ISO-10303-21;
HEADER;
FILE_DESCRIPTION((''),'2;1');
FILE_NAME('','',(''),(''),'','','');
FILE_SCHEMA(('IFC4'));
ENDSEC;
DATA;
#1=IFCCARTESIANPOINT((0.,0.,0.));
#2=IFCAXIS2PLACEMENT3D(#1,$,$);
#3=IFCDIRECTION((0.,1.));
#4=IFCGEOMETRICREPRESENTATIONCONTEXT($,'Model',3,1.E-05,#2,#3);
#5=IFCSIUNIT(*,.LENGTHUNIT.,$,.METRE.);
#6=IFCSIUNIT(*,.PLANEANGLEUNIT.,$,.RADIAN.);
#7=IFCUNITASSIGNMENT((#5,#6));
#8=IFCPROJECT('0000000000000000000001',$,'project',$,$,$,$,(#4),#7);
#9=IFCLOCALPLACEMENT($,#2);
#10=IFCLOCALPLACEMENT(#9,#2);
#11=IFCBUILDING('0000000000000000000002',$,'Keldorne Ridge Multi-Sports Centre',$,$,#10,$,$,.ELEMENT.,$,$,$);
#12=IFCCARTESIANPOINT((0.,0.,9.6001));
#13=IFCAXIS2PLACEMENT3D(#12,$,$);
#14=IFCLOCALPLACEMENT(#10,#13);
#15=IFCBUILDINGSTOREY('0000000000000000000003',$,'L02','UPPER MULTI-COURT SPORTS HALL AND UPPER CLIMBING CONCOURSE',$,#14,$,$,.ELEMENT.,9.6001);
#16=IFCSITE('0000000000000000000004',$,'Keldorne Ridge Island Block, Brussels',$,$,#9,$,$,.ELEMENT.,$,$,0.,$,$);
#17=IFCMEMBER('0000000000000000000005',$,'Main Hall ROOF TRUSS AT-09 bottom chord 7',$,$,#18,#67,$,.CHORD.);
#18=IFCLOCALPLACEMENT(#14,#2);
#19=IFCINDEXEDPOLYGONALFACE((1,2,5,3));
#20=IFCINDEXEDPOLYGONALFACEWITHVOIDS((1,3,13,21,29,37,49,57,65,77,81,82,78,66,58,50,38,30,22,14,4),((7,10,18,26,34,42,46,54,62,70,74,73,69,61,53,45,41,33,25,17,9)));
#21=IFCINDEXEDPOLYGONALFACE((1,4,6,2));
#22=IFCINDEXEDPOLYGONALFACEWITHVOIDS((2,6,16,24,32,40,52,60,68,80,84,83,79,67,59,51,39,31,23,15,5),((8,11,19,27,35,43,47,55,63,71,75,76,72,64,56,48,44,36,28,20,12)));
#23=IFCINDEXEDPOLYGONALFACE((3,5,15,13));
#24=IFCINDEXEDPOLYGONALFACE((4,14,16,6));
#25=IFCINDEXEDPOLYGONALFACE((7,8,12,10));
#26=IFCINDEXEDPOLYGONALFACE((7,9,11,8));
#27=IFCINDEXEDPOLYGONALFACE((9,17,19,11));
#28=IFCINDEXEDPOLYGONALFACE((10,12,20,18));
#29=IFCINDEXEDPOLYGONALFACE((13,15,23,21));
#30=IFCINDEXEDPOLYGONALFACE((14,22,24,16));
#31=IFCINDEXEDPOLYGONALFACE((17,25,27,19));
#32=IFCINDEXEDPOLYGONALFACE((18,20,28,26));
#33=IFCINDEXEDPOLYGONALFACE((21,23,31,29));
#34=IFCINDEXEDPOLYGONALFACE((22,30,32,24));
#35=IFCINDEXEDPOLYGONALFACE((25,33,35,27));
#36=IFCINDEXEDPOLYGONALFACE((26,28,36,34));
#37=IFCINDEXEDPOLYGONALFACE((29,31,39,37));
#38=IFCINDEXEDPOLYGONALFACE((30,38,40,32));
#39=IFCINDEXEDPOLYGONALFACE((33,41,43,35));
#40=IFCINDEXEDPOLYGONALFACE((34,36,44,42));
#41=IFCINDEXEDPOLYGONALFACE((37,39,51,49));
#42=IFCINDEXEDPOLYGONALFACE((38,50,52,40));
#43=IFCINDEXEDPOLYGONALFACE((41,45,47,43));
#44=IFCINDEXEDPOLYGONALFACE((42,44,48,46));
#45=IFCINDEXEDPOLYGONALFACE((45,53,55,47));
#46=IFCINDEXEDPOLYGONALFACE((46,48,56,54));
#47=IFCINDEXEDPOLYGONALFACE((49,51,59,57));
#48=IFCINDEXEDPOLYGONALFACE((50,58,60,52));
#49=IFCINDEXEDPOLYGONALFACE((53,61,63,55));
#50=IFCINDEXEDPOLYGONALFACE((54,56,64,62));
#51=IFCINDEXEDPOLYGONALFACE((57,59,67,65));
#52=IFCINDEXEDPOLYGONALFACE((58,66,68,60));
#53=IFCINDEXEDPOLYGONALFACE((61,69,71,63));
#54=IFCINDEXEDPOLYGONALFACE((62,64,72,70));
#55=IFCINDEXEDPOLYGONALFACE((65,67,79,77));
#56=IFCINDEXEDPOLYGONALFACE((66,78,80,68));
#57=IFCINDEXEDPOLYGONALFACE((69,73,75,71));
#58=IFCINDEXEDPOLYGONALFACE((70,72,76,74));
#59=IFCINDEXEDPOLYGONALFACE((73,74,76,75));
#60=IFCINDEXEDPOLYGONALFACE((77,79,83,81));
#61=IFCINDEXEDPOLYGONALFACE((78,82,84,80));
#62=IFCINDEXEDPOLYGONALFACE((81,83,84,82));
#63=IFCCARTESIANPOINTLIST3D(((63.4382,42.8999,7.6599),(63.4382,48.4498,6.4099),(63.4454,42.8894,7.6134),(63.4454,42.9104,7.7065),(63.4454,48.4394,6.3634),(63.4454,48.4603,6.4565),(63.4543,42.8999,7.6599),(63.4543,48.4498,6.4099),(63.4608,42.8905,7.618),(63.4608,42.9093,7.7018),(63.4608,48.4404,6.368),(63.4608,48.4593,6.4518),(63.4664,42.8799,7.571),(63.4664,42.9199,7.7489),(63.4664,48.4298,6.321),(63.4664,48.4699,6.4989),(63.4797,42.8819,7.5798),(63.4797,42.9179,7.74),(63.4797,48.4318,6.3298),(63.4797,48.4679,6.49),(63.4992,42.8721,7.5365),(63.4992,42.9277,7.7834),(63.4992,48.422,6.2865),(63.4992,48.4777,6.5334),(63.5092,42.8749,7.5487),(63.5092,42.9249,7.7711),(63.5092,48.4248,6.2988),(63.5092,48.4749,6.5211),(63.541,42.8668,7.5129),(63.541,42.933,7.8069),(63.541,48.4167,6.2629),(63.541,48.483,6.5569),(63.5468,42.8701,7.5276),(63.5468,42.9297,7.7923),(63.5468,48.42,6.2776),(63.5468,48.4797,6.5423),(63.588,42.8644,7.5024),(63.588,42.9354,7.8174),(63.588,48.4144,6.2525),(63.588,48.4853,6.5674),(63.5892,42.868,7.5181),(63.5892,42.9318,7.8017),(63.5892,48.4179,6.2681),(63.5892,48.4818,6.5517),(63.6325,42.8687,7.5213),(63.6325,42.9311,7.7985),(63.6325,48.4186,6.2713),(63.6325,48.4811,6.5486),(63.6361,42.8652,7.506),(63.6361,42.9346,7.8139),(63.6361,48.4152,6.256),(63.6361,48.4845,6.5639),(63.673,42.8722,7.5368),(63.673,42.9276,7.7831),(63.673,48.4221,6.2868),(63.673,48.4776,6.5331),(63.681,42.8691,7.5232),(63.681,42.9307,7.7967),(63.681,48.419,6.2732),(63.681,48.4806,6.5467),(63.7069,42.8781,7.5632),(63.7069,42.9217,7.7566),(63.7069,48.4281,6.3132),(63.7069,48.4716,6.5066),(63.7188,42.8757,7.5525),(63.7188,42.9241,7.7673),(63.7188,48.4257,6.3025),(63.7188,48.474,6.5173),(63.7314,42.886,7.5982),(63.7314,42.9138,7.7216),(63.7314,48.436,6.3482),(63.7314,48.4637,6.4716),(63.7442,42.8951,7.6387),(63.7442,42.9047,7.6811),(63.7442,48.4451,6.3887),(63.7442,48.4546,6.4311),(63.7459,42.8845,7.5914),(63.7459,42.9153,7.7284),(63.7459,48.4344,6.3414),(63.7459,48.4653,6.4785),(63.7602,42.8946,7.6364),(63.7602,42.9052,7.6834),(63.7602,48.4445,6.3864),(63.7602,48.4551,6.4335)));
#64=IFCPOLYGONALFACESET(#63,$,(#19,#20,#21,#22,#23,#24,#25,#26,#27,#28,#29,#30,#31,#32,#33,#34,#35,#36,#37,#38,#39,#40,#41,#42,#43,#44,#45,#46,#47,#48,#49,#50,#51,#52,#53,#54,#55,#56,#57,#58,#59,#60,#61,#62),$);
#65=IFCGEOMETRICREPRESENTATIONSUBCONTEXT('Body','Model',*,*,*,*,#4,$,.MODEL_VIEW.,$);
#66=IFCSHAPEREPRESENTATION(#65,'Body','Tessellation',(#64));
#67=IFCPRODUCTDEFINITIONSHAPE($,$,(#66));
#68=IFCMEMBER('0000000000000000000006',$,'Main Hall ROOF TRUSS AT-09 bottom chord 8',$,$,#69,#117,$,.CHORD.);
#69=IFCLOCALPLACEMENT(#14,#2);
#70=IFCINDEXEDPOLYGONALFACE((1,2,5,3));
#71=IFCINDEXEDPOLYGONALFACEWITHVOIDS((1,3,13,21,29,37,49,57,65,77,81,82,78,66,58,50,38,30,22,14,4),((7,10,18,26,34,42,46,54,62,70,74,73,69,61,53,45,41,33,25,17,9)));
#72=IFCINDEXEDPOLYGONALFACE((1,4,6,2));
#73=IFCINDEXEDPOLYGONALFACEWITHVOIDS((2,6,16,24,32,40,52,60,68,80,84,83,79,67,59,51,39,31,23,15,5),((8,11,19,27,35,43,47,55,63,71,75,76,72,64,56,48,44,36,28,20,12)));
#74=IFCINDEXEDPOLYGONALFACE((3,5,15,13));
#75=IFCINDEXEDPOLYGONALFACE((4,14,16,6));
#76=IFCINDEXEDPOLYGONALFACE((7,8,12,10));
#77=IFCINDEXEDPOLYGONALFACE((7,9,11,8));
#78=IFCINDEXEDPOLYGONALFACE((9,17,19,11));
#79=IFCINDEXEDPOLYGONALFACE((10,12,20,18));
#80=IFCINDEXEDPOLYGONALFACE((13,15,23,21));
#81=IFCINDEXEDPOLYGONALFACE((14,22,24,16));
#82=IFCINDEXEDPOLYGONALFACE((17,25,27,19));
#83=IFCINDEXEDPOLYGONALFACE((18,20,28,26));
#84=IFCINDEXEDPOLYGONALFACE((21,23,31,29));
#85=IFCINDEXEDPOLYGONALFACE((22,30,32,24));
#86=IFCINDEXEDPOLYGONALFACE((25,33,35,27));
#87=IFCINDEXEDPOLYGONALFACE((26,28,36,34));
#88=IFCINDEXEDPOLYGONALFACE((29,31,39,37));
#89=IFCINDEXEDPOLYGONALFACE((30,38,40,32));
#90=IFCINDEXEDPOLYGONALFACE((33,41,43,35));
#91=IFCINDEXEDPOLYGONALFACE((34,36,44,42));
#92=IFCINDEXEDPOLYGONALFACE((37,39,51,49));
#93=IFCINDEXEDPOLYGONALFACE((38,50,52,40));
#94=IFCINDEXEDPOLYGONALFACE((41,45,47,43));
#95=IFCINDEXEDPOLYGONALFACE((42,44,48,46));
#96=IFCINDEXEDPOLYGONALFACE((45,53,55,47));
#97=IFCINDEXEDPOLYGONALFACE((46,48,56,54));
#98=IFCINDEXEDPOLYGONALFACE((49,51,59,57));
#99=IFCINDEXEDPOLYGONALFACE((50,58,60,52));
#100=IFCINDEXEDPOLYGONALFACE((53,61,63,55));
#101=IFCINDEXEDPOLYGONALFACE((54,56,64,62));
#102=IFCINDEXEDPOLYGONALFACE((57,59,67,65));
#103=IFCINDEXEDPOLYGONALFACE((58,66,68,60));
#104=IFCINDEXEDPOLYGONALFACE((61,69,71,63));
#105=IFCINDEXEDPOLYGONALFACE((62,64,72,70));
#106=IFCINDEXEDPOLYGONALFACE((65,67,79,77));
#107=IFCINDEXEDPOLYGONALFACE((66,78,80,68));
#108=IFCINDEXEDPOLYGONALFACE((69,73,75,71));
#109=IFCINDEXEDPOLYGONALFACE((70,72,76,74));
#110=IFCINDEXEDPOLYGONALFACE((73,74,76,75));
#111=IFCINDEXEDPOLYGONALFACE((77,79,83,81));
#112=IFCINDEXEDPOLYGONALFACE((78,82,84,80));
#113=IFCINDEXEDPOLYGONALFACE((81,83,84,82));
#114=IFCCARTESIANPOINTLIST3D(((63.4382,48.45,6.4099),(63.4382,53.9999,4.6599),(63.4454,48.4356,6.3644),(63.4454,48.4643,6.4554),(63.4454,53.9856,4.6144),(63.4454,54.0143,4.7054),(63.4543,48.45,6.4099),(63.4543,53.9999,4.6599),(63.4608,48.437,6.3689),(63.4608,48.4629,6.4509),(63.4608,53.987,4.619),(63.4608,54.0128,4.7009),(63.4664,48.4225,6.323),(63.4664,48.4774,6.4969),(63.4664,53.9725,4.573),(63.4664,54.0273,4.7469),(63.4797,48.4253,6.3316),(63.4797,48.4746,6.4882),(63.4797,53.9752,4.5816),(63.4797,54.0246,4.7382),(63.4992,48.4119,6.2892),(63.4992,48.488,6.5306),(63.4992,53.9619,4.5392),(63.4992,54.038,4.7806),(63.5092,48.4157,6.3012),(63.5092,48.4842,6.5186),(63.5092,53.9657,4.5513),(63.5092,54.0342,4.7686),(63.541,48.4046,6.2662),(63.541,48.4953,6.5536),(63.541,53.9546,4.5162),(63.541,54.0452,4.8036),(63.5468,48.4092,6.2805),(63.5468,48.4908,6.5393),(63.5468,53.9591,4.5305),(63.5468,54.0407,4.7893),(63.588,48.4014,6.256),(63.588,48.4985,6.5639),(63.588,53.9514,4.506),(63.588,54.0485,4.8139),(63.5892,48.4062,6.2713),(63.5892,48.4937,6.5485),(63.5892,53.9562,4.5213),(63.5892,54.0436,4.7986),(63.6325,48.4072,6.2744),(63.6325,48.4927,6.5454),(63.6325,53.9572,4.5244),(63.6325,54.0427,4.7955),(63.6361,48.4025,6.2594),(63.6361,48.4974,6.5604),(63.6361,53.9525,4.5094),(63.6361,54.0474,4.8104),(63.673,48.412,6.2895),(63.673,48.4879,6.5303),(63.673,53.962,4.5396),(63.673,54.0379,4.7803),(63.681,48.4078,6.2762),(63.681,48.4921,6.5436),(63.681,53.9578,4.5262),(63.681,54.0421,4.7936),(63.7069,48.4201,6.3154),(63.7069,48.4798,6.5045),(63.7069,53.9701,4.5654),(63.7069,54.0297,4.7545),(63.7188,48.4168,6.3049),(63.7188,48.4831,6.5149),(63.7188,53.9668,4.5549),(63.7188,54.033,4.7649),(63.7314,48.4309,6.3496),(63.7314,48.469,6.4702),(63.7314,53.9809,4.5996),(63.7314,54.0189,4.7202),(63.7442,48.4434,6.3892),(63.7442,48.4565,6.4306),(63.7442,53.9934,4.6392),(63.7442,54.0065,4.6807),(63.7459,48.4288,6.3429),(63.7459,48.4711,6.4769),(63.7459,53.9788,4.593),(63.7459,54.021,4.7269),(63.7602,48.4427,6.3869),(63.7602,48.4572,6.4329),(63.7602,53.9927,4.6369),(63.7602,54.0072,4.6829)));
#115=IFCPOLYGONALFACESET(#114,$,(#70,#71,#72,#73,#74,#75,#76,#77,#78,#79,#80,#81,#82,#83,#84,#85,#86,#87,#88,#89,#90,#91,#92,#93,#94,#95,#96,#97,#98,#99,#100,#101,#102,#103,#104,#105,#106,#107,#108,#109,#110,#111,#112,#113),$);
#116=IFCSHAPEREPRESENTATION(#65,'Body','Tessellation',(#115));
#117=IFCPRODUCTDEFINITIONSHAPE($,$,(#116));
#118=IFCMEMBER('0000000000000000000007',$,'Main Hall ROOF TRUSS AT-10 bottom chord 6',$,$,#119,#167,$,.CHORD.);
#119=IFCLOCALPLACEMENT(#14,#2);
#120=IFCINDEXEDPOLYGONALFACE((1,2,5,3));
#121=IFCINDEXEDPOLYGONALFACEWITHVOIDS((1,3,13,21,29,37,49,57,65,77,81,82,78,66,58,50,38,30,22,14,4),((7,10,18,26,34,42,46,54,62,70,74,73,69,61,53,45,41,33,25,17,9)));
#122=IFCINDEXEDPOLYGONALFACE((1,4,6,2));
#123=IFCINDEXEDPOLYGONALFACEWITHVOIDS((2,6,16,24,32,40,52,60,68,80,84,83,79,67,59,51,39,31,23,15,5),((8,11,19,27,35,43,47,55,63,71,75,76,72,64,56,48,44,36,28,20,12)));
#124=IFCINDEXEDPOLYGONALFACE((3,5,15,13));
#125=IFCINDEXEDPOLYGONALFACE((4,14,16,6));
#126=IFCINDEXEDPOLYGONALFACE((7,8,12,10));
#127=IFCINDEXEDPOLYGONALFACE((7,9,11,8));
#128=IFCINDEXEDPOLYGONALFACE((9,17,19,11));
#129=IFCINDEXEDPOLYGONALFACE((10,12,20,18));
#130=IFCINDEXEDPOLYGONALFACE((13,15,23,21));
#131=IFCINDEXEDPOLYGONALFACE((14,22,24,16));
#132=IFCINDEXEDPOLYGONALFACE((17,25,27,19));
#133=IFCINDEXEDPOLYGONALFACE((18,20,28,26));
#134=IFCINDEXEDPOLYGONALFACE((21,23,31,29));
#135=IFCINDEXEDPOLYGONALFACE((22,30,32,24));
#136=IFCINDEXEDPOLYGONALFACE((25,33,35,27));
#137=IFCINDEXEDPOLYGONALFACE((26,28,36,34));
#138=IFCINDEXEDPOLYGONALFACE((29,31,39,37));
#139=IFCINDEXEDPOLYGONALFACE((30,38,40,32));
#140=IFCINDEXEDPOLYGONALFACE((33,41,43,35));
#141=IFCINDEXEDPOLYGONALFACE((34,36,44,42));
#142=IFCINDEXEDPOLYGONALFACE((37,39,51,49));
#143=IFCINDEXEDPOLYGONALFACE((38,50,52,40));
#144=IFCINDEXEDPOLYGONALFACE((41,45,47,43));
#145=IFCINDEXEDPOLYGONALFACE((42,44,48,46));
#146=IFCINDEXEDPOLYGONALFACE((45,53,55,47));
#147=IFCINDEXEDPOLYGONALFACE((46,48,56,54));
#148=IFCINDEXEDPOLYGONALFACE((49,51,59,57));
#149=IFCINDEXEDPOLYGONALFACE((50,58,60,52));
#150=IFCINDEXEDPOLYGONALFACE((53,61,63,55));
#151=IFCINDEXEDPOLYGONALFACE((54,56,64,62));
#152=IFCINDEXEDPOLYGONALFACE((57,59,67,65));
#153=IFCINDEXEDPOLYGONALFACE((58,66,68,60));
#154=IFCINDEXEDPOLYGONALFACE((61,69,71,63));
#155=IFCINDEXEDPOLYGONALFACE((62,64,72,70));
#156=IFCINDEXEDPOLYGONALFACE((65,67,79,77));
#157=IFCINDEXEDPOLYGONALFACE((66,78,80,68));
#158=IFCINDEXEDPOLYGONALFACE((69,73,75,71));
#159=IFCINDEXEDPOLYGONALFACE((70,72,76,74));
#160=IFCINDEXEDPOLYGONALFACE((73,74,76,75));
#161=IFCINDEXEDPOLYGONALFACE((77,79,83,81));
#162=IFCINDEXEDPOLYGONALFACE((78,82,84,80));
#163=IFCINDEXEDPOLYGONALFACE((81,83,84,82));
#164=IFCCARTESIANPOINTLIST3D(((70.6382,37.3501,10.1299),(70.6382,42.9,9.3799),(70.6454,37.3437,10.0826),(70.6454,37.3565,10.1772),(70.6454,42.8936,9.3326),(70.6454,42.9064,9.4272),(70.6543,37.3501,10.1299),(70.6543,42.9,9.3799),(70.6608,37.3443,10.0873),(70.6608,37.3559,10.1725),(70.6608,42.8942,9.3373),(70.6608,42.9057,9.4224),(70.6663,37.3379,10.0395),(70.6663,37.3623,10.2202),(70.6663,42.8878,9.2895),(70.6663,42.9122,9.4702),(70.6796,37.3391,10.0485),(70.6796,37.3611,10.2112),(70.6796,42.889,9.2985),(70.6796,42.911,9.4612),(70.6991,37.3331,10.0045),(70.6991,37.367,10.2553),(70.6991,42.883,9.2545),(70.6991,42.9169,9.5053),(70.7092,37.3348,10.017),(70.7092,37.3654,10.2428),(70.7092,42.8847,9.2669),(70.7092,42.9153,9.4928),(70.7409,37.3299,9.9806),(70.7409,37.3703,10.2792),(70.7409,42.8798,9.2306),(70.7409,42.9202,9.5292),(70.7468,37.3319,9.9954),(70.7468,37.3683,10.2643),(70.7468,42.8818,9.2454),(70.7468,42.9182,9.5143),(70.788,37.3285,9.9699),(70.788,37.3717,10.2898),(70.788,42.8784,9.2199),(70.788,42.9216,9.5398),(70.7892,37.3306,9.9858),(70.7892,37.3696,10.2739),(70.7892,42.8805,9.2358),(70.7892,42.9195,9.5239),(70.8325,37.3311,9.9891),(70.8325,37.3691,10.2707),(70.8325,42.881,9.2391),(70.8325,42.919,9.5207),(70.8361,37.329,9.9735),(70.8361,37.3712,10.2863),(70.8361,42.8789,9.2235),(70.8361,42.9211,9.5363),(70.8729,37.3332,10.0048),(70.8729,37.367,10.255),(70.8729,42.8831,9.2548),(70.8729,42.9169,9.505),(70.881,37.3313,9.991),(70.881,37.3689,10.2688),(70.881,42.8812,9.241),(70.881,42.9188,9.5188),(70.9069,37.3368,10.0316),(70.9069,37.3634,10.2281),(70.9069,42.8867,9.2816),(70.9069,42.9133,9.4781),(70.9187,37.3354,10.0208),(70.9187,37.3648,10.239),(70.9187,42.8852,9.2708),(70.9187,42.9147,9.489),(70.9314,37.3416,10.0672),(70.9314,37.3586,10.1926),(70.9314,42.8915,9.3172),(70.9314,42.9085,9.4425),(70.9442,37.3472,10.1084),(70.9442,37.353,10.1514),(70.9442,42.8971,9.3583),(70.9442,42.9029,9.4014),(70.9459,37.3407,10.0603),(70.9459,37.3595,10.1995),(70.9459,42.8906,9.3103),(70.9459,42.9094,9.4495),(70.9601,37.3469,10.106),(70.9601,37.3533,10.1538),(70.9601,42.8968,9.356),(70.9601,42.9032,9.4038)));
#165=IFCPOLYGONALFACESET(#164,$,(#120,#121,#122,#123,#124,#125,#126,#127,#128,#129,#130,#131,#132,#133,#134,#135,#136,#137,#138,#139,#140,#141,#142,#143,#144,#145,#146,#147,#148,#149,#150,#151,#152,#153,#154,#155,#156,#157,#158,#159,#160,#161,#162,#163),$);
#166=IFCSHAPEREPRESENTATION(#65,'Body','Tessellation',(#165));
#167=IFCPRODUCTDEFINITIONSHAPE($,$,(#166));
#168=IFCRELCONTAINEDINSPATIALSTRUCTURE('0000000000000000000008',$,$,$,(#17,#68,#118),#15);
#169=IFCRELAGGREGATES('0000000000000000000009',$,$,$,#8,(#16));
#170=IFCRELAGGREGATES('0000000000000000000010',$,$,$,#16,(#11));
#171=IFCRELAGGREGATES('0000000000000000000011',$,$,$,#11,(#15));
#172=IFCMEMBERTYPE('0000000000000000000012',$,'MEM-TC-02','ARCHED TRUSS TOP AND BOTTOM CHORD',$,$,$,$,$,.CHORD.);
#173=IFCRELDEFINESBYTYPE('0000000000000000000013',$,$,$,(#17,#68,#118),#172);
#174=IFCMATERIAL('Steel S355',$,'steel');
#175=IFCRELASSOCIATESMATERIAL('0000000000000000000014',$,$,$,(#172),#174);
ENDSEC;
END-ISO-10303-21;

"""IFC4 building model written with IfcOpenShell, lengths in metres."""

from ifc_helpers import new_model, si_unit, direction, frame, origin, origin_2d, place, context, subcontext, project, spatial, hollow_circle, extrude, material, material_profile, profile_set, type_object, element, save


model = new_model("IFC4")

# Units and contexts
model_context = context("Model", 3, precision=1e-05, world=origin(), true_north=direction((0.0, 1.0)))
body_context = subcontext(model_context, "Body", "Model", "MODEL_VIEW")
ifc_project = project(units=[si_unit("LENGTHUNIT", "METRE"), si_unit("PLANEANGLEUNIT", "RADIAN")], contexts=[model_context])

# Site, building, storey
site_placement = place(None, origin())
site = spatial("IfcSite", under=ifc_project, at=site_placement, Name="Keldorne Ridge Island Block, Brussels", CompositionType="ELEMENT", RefElevation=0.0)
building_placement = place(site_placement, origin())
building = spatial("IfcBuilding", under=site, at=building_placement, Name="Keldorne Ridge Multi-Sports Centre", CompositionType="ELEMENT")
storey_placement = place(building_placement, frame((0.0, 0.0, 9.6001)))
storey = spatial("IfcBuildingStorey", under=building, at=storey_placement, Name="L02", Description="UPPER MULTI-COURT SPORTS HALL AND UPPER CLIMBING CONCOURSE", CompositionType="ELEMENT", Elevation=9.6001)

# Shared definitions
ifc_material = material(Name="Steel S355", Category="steel")

# Members
ifc_material_profile_1 = material_profile(ifc_material, hollow_circle(Radius=0.1619, WallThickness=0.0161, at=origin_2d()), Name="CHS 323.9x16")
ifc_profile_set_1 = profile_set([ifc_material_profile_1], Name="Steel S355")
member_type_1 = type_object("IfcMemberType", Name="MEM-TC-02", Description="ARCHED TRUSS TOP AND BOTTOM CHORD", PredefinedType="CHORD", material=ifc_profile_set_1)
member_1_placement = place(storey_placement, frame((63.6001, 42.8999, 7.6599), z_axis=(0.0, 0.975563, -0.219719), x_axis=(-1.0, 0.0, 0.0)))
element("IfcMember", 1, at=member_1_placement, inside=storey, type_object=member_type_1, Name="Main Hall ROOF TRUSS AT-09 bottom chord 7", PredefinedType="CHORD", context=body_context, shape_type="SweptSolid", body=[
    extrude(hollow_circle(Radius=0.1619, WallThickness=0.0161, at=origin_2d()), origin(), (0.0, 0.0, 1.0), 5.689),
])
member_2_placement = place(storey_placement, frame((63.6001, 48.45, 6.4099), z_axis=(0.0, 0.953713, -0.300718), x_axis=(-1.0, 0.0, 0.0)))
element("IfcMember", 2, at=member_2_placement, inside=storey, type_object=member_type_1, Name="Main Hall ROOF TRUSS AT-09 bottom chord 8", PredefinedType="CHORD", context=body_context, shape_type="SweptSolid", body=[
    extrude(hollow_circle(Radius=0.1619, WallThickness=0.0161, at=origin_2d()), origin(), (0.0, 0.0, 1.0), 5.8193),
])
member_3_placement = place(storey_placement, frame((70.8, 37.3501, 10.1299), z_axis=(0.0, 0.990992, -0.133923), x_axis=(-1.0, 0.0, 0.0)))
element("IfcMember", 3, at=member_3_placement, inside=storey, type_object=member_type_1, Name="Main Hall ROOF TRUSS AT-10 bottom chord 6", PredefinedType="CHORD", context=body_context, shape_type="SweptSolid", body=[
    extrude(hollow_circle(Radius=0.1619, WallThickness=0.0161, at=origin_2d()), origin(), (0.0, 0.0, 1.0), 5.6003),
])

save(model, "model.ifc")
